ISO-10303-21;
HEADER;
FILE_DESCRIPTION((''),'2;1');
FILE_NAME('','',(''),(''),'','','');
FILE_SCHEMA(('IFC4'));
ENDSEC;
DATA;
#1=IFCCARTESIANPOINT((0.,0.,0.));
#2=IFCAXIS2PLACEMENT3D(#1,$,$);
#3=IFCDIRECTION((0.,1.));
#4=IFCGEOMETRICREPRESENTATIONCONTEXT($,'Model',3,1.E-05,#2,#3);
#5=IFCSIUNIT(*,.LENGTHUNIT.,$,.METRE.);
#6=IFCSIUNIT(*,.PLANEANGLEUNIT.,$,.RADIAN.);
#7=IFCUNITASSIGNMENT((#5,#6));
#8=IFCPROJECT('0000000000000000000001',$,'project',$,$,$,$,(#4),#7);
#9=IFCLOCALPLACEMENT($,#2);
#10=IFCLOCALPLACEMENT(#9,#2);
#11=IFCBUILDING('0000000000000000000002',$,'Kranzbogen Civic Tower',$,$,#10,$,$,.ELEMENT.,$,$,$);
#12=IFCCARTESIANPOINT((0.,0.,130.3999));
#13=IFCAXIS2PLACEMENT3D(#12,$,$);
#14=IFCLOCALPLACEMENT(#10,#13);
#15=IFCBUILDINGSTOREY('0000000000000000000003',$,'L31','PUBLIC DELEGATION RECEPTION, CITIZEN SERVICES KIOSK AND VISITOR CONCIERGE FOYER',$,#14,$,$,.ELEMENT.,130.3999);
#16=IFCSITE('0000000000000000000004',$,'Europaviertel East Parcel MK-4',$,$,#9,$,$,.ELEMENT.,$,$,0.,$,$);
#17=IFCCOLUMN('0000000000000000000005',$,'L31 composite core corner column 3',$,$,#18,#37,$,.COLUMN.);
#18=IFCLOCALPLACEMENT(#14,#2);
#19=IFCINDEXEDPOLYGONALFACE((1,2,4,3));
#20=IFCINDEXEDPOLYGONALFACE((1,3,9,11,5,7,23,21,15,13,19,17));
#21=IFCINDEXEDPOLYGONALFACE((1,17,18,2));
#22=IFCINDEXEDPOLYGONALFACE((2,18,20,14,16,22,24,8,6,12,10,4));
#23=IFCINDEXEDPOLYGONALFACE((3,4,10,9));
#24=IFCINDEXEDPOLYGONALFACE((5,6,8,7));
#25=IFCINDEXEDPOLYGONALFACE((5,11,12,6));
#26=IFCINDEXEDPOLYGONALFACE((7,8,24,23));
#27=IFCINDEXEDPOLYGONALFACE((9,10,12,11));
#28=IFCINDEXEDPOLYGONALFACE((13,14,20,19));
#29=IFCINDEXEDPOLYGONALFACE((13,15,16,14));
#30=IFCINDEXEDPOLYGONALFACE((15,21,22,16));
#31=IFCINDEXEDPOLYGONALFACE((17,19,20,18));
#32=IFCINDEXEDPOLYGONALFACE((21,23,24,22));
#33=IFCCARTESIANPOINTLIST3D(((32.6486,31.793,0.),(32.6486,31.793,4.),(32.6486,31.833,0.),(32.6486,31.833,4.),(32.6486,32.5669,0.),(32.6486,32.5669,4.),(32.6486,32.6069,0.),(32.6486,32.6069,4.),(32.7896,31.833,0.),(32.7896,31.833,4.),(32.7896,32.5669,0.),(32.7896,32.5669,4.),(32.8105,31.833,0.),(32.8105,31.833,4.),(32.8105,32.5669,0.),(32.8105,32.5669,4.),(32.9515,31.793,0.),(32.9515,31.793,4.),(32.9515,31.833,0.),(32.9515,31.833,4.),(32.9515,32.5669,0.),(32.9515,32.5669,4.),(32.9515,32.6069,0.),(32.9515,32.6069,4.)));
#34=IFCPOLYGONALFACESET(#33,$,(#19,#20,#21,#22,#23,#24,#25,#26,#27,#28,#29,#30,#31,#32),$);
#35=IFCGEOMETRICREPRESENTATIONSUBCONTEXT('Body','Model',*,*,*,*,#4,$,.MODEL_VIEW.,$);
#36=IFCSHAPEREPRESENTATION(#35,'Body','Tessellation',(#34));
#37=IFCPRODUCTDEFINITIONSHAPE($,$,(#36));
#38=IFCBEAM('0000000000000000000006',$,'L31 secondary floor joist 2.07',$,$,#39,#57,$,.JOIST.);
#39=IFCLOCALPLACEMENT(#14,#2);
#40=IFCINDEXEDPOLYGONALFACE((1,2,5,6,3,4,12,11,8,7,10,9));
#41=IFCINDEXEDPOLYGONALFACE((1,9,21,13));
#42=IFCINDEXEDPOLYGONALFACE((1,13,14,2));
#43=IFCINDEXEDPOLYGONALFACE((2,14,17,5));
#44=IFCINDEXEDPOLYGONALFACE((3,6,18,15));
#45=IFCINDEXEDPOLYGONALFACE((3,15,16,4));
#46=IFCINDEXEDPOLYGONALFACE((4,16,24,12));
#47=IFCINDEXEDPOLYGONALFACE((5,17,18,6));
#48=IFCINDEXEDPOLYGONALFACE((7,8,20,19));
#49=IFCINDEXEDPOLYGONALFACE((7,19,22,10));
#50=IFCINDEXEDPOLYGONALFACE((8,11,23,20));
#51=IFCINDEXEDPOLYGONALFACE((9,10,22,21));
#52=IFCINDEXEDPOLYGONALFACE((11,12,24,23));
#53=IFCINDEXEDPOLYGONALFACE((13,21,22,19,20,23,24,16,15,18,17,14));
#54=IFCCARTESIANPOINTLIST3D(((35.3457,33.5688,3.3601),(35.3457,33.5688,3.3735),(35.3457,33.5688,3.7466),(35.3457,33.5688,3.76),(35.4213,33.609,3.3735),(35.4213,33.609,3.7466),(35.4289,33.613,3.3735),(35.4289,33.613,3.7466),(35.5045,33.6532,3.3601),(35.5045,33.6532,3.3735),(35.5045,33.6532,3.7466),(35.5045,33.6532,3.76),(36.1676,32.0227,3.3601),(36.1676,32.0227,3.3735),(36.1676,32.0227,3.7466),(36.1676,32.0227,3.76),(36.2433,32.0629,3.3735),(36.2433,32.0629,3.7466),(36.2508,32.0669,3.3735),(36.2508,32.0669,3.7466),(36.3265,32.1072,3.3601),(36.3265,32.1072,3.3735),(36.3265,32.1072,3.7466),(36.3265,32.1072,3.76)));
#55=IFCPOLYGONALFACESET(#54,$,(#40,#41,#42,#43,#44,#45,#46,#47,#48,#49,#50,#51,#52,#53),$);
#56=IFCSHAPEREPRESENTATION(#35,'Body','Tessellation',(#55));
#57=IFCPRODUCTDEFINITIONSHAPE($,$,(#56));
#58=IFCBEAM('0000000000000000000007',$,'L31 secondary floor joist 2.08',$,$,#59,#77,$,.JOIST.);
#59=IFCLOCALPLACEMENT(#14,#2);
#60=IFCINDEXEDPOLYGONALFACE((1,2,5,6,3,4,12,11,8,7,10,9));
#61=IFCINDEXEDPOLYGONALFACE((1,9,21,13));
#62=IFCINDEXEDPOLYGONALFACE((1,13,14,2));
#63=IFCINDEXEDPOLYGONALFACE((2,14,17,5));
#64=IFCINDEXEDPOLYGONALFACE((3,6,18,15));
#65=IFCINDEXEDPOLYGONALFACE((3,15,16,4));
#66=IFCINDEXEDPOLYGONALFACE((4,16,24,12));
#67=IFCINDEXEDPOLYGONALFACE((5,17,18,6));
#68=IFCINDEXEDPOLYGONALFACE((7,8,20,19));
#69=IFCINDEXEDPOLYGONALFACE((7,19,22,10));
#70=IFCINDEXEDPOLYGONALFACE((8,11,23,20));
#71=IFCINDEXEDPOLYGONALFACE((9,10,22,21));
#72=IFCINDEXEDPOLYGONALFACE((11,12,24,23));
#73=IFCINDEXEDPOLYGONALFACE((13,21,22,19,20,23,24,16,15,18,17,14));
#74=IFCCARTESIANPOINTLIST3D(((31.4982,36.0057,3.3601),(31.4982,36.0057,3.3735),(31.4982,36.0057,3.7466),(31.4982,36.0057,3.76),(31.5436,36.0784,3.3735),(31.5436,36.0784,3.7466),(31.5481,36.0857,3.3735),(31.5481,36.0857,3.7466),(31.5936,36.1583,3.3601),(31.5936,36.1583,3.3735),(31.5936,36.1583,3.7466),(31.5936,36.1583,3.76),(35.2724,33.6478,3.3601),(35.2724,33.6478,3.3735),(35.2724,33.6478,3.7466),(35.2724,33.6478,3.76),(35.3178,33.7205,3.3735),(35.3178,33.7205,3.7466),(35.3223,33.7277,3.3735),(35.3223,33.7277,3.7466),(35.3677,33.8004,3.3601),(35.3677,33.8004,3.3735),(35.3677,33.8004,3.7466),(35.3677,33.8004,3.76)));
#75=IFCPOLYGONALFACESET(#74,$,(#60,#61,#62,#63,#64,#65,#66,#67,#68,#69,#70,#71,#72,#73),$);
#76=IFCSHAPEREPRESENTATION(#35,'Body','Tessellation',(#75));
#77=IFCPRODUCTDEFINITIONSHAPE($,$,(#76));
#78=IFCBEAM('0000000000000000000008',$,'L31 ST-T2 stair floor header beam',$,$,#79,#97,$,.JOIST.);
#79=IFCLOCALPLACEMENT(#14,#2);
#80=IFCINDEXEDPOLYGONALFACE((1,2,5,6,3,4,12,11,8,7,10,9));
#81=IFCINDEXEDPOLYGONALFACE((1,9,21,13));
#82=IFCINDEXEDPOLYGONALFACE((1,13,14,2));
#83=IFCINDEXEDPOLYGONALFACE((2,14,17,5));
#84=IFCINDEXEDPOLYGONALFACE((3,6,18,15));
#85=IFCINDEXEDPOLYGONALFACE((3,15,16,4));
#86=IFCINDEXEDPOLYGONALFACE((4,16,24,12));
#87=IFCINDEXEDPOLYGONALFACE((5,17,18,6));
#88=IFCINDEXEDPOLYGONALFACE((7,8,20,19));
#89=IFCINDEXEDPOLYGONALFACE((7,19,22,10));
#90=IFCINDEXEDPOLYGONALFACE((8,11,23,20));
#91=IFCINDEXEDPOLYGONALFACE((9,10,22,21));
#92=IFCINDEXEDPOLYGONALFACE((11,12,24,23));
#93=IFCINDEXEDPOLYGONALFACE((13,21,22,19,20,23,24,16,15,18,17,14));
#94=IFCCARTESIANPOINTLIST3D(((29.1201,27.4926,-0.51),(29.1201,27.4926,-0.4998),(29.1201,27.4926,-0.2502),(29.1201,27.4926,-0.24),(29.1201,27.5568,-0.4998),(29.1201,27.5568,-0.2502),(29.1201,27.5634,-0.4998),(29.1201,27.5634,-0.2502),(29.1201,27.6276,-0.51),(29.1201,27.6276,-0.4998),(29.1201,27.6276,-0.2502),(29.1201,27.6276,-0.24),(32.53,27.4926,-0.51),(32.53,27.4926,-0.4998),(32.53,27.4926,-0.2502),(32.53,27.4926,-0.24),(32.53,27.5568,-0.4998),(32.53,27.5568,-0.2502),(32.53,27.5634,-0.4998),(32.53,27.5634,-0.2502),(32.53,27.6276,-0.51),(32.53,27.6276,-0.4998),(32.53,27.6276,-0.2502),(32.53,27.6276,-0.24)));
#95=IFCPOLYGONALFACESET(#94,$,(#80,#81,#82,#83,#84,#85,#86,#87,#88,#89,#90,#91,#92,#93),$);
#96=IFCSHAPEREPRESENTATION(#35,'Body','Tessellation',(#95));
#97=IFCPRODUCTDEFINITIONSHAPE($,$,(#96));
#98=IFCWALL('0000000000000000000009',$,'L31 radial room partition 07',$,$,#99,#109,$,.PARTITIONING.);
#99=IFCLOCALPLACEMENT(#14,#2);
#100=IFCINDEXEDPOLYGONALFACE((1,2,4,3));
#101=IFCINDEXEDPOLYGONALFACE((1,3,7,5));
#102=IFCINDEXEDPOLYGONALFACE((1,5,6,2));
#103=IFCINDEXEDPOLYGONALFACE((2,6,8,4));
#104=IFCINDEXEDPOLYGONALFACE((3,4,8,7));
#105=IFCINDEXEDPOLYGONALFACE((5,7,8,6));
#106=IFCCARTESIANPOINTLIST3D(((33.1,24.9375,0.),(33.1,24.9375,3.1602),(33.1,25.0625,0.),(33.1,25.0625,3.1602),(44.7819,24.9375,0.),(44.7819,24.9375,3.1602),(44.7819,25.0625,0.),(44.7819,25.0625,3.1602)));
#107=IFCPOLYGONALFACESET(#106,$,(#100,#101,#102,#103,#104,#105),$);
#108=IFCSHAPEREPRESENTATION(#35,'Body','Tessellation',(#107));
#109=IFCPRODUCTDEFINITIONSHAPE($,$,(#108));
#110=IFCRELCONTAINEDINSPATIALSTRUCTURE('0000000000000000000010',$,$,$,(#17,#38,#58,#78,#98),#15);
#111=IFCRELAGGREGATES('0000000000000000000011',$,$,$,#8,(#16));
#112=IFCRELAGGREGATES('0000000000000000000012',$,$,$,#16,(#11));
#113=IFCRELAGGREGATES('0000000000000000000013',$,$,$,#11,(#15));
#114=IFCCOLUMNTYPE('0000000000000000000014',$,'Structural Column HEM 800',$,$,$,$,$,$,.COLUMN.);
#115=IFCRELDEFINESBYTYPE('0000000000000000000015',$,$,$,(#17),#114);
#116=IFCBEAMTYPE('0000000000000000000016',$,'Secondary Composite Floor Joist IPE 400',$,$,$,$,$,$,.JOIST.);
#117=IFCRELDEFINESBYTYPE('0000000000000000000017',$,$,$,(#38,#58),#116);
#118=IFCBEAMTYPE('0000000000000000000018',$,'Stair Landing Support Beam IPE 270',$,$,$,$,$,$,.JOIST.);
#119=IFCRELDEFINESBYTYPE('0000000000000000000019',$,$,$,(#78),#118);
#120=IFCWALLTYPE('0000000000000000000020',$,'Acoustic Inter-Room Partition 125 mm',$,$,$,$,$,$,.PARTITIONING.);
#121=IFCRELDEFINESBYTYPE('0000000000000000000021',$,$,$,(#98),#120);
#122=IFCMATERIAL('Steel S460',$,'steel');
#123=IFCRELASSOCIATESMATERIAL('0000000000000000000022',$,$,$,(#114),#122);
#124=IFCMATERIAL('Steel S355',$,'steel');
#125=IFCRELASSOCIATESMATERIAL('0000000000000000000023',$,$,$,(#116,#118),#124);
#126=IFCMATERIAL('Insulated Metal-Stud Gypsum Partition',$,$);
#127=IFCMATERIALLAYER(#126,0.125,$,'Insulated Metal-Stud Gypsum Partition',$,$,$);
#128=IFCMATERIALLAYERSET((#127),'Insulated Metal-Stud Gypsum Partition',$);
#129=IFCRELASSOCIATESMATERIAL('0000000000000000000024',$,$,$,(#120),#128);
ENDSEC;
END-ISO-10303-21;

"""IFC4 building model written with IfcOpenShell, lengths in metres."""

from ifc_helpers import new_model, si_unit, direction, frame, frame_2d, origin, origin_2d, place, context, subcontext, project, spatial, rectangle, i_section, extrude, material, layer, layer_set, material_profile, profile_set, type_object, element, save


model = new_model("IFC4")

# Units and contexts
model_context = context("Model", 3, precision=1e-05, world=origin(), true_north=direction((0.0, 1.0)))
body_context = subcontext(model_context, "Body", "Model", "MODEL_VIEW")
ifc_project = project(units=[si_unit("LENGTHUNIT", "METRE"), si_unit("PLANEANGLEUNIT", "RADIAN")], contexts=[model_context])

# Site, building, storey
site_placement = place(None, origin())
site = spatial("IfcSite", under=ifc_project, at=site_placement, Name="Europaviertel East Parcel MK-4", CompositionType="ELEMENT", RefElevation=0.0)
building_placement = place(site_placement, origin())
building = spatial("IfcBuilding", under=site, at=building_placement, Name="Kranzbogen Civic Tower", CompositionType="ELEMENT")
storey_placement = place(building_placement, frame((0.0, 0.0, 130.3999)))
storey = spatial("IfcBuildingStorey", under=building, at=storey_placement, Name="L31", Description="PUBLIC DELEGATION RECEPTION, CITIZEN SERVICES KIOSK AND VISITOR CONCIERGE FOYER", CompositionType="ELEMENT", Elevation=130.3999)

# Column
ifc_material_1 = material(Name="Steel S460", Category="steel")
ifc_material_profile_1 = material_profile(ifc_material_1, i_section(OverallWidth=0.303, OverallDepth=0.814, WebThickness=0.021, FlangeThickness=0.04, at=origin_2d()), Name="HEM 800")
ifc_profile_set_1 = profile_set([ifc_material_profile_1], Name="Steel S460")
column_type = type_object("IfcColumnType", Name="Structural Column HEM 800", PredefinedType="COLUMN", material=ifc_profile_set_1)
column_placement = place(storey_placement, frame((32.8, 32.2, 0.0), z_axis=(0.0, 0.0, 1.0), x_axis=(1.0, 0.0, 0.0)))
element("IfcColumn", 1, at=column_placement, inside=storey, type_object=column_type, Name="L31 composite core corner column 3", PredefinedType="COLUMN", context=body_context, shape_type="SweptSolid", body=[
    extrude(i_section(OverallWidth=0.303, OverallDepth=0.814, WebThickness=0.021, FlangeThickness=0.04, at=origin_2d()), origin(), (0.0, 0.0, 1.0), 4.0),
])

# Beams
ifc_material_2 = material(Name="Steel S355", Category="steel")
ifc_material_profile_2 = material_profile(ifc_material_2, i_section(OverallWidth=0.1799, OverallDepth=0.3999, WebThickness=0.0085, FlangeThickness=0.0134, at=origin_2d()), Name="IPE 400")
ifc_profile_set_2 = profile_set([ifc_material_profile_2], Name="Steel S355")
beam_type_1 = type_object("IfcBeamType", Name="Secondary Composite Floor Joist IPE 400", PredefinedType="JOIST", material=ifc_profile_set_2)
beam_1_placement = place(storey_placement, frame((36.2471, 32.0649, 3.5601), z_axis=(-0.469437, 0.882966, 0.0), x_axis=(-0.882966, -0.469437, 0.0)))
element("IfcBeam", 2, at=beam_1_placement, inside=storey, type_object=beam_type_1, Name="L31 secondary floor joist 2.07", PredefinedType="JOIST", context=body_context, shape_type="SweptSolid", body=[
    extrude(i_section(OverallWidth=0.1799, OverallDepth=0.3999, WebThickness=0.0085, FlangeThickness=0.0134, at=origin_2d()), origin(), (0.0, 0.0, 1.0), 1.751),
])
beam_2_placement = place(storey_placement, frame((35.3201, 33.7241, 3.5601), z_axis=(-0.848094, 0.529846, 0.0), x_axis=(-0.529846, -0.848094, 0.0)))
element("IfcBeam", 3, at=beam_2_placement, inside=storey, type_object=beam_type_1, Name="L31 secondary floor joist 2.08", PredefinedType="JOIST", context=body_context, shape_type="SweptSolid", body=[
    extrude(i_section(OverallWidth=0.1799, OverallDepth=0.3999, WebThickness=0.0085, FlangeThickness=0.0134, at=origin_2d()), origin(), (0.0, 0.0, 1.0), 4.4502),
])
ifc_material_profile_3 = material_profile(ifc_material_2, i_section(OverallWidth=0.135, OverallDepth=0.27, WebThickness=0.0066, FlangeThickness=0.0103, at=origin_2d()), Name="IPE 270")
ifc_profile_set_3 = profile_set([ifc_material_profile_3], Name="Steel S355")
beam_type_2 = type_object("IfcBeamType", Name="Stair Landing Support Beam IPE 270", PredefinedType="JOIST", material=ifc_profile_set_3)
beam_3_placement = place(storey_placement, frame((29.1201, 27.5601, -0.375), z_axis=(1.0, 0.0, 0.0), x_axis=(0.0, 1.0, 0.0)))
element("IfcBeam", 4, at=beam_3_placement, inside=storey, type_object=beam_type_2, Name="L31 ST-T2 stair floor header beam", PredefinedType="JOIST", context=body_context, shape_type="SweptSolid", body=[
    extrude(i_section(OverallWidth=0.135, OverallDepth=0.27, WebThickness=0.0066, FlangeThickness=0.0103, at=origin_2d()), origin(), (0.0, 0.0, 1.0), 3.4099),
])

# Wall
ifc_material_3 = material(Name="Insulated Metal-Stud Gypsum Partition")
ifc_layer_1 = layer(ifc_material_3, 0.125, Name="Insulated Metal-Stud Gypsum Partition")
ifc_layer_set_1 = layer_set([ifc_layer_1], Name="Insulated Metal-Stud Gypsum Partition")
wall_type_1 = type_object("IfcWallType", Name="Acoustic Inter-Room Partition 125 mm", PredefinedType="PARTITIONING", material=ifc_layer_set_1)
wall_1_placement = place(storey_placement, frame((33.1001, 25.0, 0.0), z_axis=(0.0, 0.0, 1.0), x_axis=(1.0, 0.0, 0.0)))
element("IfcWall", 5, at=wall_1_placement, inside=storey, type_object=wall_type_1, Name="L31 radial room partition 07", PredefinedType="PARTITIONING", context=body_context, shape_type="SweptSolid", body=[
    extrude(rectangle(XDim=11.6819, YDim=0.125, at=frame_2d((5.8408, 0.0))), origin(), (0.0, 0.0, 1.0), 3.1602),
])

save(model, "model.ifc")
